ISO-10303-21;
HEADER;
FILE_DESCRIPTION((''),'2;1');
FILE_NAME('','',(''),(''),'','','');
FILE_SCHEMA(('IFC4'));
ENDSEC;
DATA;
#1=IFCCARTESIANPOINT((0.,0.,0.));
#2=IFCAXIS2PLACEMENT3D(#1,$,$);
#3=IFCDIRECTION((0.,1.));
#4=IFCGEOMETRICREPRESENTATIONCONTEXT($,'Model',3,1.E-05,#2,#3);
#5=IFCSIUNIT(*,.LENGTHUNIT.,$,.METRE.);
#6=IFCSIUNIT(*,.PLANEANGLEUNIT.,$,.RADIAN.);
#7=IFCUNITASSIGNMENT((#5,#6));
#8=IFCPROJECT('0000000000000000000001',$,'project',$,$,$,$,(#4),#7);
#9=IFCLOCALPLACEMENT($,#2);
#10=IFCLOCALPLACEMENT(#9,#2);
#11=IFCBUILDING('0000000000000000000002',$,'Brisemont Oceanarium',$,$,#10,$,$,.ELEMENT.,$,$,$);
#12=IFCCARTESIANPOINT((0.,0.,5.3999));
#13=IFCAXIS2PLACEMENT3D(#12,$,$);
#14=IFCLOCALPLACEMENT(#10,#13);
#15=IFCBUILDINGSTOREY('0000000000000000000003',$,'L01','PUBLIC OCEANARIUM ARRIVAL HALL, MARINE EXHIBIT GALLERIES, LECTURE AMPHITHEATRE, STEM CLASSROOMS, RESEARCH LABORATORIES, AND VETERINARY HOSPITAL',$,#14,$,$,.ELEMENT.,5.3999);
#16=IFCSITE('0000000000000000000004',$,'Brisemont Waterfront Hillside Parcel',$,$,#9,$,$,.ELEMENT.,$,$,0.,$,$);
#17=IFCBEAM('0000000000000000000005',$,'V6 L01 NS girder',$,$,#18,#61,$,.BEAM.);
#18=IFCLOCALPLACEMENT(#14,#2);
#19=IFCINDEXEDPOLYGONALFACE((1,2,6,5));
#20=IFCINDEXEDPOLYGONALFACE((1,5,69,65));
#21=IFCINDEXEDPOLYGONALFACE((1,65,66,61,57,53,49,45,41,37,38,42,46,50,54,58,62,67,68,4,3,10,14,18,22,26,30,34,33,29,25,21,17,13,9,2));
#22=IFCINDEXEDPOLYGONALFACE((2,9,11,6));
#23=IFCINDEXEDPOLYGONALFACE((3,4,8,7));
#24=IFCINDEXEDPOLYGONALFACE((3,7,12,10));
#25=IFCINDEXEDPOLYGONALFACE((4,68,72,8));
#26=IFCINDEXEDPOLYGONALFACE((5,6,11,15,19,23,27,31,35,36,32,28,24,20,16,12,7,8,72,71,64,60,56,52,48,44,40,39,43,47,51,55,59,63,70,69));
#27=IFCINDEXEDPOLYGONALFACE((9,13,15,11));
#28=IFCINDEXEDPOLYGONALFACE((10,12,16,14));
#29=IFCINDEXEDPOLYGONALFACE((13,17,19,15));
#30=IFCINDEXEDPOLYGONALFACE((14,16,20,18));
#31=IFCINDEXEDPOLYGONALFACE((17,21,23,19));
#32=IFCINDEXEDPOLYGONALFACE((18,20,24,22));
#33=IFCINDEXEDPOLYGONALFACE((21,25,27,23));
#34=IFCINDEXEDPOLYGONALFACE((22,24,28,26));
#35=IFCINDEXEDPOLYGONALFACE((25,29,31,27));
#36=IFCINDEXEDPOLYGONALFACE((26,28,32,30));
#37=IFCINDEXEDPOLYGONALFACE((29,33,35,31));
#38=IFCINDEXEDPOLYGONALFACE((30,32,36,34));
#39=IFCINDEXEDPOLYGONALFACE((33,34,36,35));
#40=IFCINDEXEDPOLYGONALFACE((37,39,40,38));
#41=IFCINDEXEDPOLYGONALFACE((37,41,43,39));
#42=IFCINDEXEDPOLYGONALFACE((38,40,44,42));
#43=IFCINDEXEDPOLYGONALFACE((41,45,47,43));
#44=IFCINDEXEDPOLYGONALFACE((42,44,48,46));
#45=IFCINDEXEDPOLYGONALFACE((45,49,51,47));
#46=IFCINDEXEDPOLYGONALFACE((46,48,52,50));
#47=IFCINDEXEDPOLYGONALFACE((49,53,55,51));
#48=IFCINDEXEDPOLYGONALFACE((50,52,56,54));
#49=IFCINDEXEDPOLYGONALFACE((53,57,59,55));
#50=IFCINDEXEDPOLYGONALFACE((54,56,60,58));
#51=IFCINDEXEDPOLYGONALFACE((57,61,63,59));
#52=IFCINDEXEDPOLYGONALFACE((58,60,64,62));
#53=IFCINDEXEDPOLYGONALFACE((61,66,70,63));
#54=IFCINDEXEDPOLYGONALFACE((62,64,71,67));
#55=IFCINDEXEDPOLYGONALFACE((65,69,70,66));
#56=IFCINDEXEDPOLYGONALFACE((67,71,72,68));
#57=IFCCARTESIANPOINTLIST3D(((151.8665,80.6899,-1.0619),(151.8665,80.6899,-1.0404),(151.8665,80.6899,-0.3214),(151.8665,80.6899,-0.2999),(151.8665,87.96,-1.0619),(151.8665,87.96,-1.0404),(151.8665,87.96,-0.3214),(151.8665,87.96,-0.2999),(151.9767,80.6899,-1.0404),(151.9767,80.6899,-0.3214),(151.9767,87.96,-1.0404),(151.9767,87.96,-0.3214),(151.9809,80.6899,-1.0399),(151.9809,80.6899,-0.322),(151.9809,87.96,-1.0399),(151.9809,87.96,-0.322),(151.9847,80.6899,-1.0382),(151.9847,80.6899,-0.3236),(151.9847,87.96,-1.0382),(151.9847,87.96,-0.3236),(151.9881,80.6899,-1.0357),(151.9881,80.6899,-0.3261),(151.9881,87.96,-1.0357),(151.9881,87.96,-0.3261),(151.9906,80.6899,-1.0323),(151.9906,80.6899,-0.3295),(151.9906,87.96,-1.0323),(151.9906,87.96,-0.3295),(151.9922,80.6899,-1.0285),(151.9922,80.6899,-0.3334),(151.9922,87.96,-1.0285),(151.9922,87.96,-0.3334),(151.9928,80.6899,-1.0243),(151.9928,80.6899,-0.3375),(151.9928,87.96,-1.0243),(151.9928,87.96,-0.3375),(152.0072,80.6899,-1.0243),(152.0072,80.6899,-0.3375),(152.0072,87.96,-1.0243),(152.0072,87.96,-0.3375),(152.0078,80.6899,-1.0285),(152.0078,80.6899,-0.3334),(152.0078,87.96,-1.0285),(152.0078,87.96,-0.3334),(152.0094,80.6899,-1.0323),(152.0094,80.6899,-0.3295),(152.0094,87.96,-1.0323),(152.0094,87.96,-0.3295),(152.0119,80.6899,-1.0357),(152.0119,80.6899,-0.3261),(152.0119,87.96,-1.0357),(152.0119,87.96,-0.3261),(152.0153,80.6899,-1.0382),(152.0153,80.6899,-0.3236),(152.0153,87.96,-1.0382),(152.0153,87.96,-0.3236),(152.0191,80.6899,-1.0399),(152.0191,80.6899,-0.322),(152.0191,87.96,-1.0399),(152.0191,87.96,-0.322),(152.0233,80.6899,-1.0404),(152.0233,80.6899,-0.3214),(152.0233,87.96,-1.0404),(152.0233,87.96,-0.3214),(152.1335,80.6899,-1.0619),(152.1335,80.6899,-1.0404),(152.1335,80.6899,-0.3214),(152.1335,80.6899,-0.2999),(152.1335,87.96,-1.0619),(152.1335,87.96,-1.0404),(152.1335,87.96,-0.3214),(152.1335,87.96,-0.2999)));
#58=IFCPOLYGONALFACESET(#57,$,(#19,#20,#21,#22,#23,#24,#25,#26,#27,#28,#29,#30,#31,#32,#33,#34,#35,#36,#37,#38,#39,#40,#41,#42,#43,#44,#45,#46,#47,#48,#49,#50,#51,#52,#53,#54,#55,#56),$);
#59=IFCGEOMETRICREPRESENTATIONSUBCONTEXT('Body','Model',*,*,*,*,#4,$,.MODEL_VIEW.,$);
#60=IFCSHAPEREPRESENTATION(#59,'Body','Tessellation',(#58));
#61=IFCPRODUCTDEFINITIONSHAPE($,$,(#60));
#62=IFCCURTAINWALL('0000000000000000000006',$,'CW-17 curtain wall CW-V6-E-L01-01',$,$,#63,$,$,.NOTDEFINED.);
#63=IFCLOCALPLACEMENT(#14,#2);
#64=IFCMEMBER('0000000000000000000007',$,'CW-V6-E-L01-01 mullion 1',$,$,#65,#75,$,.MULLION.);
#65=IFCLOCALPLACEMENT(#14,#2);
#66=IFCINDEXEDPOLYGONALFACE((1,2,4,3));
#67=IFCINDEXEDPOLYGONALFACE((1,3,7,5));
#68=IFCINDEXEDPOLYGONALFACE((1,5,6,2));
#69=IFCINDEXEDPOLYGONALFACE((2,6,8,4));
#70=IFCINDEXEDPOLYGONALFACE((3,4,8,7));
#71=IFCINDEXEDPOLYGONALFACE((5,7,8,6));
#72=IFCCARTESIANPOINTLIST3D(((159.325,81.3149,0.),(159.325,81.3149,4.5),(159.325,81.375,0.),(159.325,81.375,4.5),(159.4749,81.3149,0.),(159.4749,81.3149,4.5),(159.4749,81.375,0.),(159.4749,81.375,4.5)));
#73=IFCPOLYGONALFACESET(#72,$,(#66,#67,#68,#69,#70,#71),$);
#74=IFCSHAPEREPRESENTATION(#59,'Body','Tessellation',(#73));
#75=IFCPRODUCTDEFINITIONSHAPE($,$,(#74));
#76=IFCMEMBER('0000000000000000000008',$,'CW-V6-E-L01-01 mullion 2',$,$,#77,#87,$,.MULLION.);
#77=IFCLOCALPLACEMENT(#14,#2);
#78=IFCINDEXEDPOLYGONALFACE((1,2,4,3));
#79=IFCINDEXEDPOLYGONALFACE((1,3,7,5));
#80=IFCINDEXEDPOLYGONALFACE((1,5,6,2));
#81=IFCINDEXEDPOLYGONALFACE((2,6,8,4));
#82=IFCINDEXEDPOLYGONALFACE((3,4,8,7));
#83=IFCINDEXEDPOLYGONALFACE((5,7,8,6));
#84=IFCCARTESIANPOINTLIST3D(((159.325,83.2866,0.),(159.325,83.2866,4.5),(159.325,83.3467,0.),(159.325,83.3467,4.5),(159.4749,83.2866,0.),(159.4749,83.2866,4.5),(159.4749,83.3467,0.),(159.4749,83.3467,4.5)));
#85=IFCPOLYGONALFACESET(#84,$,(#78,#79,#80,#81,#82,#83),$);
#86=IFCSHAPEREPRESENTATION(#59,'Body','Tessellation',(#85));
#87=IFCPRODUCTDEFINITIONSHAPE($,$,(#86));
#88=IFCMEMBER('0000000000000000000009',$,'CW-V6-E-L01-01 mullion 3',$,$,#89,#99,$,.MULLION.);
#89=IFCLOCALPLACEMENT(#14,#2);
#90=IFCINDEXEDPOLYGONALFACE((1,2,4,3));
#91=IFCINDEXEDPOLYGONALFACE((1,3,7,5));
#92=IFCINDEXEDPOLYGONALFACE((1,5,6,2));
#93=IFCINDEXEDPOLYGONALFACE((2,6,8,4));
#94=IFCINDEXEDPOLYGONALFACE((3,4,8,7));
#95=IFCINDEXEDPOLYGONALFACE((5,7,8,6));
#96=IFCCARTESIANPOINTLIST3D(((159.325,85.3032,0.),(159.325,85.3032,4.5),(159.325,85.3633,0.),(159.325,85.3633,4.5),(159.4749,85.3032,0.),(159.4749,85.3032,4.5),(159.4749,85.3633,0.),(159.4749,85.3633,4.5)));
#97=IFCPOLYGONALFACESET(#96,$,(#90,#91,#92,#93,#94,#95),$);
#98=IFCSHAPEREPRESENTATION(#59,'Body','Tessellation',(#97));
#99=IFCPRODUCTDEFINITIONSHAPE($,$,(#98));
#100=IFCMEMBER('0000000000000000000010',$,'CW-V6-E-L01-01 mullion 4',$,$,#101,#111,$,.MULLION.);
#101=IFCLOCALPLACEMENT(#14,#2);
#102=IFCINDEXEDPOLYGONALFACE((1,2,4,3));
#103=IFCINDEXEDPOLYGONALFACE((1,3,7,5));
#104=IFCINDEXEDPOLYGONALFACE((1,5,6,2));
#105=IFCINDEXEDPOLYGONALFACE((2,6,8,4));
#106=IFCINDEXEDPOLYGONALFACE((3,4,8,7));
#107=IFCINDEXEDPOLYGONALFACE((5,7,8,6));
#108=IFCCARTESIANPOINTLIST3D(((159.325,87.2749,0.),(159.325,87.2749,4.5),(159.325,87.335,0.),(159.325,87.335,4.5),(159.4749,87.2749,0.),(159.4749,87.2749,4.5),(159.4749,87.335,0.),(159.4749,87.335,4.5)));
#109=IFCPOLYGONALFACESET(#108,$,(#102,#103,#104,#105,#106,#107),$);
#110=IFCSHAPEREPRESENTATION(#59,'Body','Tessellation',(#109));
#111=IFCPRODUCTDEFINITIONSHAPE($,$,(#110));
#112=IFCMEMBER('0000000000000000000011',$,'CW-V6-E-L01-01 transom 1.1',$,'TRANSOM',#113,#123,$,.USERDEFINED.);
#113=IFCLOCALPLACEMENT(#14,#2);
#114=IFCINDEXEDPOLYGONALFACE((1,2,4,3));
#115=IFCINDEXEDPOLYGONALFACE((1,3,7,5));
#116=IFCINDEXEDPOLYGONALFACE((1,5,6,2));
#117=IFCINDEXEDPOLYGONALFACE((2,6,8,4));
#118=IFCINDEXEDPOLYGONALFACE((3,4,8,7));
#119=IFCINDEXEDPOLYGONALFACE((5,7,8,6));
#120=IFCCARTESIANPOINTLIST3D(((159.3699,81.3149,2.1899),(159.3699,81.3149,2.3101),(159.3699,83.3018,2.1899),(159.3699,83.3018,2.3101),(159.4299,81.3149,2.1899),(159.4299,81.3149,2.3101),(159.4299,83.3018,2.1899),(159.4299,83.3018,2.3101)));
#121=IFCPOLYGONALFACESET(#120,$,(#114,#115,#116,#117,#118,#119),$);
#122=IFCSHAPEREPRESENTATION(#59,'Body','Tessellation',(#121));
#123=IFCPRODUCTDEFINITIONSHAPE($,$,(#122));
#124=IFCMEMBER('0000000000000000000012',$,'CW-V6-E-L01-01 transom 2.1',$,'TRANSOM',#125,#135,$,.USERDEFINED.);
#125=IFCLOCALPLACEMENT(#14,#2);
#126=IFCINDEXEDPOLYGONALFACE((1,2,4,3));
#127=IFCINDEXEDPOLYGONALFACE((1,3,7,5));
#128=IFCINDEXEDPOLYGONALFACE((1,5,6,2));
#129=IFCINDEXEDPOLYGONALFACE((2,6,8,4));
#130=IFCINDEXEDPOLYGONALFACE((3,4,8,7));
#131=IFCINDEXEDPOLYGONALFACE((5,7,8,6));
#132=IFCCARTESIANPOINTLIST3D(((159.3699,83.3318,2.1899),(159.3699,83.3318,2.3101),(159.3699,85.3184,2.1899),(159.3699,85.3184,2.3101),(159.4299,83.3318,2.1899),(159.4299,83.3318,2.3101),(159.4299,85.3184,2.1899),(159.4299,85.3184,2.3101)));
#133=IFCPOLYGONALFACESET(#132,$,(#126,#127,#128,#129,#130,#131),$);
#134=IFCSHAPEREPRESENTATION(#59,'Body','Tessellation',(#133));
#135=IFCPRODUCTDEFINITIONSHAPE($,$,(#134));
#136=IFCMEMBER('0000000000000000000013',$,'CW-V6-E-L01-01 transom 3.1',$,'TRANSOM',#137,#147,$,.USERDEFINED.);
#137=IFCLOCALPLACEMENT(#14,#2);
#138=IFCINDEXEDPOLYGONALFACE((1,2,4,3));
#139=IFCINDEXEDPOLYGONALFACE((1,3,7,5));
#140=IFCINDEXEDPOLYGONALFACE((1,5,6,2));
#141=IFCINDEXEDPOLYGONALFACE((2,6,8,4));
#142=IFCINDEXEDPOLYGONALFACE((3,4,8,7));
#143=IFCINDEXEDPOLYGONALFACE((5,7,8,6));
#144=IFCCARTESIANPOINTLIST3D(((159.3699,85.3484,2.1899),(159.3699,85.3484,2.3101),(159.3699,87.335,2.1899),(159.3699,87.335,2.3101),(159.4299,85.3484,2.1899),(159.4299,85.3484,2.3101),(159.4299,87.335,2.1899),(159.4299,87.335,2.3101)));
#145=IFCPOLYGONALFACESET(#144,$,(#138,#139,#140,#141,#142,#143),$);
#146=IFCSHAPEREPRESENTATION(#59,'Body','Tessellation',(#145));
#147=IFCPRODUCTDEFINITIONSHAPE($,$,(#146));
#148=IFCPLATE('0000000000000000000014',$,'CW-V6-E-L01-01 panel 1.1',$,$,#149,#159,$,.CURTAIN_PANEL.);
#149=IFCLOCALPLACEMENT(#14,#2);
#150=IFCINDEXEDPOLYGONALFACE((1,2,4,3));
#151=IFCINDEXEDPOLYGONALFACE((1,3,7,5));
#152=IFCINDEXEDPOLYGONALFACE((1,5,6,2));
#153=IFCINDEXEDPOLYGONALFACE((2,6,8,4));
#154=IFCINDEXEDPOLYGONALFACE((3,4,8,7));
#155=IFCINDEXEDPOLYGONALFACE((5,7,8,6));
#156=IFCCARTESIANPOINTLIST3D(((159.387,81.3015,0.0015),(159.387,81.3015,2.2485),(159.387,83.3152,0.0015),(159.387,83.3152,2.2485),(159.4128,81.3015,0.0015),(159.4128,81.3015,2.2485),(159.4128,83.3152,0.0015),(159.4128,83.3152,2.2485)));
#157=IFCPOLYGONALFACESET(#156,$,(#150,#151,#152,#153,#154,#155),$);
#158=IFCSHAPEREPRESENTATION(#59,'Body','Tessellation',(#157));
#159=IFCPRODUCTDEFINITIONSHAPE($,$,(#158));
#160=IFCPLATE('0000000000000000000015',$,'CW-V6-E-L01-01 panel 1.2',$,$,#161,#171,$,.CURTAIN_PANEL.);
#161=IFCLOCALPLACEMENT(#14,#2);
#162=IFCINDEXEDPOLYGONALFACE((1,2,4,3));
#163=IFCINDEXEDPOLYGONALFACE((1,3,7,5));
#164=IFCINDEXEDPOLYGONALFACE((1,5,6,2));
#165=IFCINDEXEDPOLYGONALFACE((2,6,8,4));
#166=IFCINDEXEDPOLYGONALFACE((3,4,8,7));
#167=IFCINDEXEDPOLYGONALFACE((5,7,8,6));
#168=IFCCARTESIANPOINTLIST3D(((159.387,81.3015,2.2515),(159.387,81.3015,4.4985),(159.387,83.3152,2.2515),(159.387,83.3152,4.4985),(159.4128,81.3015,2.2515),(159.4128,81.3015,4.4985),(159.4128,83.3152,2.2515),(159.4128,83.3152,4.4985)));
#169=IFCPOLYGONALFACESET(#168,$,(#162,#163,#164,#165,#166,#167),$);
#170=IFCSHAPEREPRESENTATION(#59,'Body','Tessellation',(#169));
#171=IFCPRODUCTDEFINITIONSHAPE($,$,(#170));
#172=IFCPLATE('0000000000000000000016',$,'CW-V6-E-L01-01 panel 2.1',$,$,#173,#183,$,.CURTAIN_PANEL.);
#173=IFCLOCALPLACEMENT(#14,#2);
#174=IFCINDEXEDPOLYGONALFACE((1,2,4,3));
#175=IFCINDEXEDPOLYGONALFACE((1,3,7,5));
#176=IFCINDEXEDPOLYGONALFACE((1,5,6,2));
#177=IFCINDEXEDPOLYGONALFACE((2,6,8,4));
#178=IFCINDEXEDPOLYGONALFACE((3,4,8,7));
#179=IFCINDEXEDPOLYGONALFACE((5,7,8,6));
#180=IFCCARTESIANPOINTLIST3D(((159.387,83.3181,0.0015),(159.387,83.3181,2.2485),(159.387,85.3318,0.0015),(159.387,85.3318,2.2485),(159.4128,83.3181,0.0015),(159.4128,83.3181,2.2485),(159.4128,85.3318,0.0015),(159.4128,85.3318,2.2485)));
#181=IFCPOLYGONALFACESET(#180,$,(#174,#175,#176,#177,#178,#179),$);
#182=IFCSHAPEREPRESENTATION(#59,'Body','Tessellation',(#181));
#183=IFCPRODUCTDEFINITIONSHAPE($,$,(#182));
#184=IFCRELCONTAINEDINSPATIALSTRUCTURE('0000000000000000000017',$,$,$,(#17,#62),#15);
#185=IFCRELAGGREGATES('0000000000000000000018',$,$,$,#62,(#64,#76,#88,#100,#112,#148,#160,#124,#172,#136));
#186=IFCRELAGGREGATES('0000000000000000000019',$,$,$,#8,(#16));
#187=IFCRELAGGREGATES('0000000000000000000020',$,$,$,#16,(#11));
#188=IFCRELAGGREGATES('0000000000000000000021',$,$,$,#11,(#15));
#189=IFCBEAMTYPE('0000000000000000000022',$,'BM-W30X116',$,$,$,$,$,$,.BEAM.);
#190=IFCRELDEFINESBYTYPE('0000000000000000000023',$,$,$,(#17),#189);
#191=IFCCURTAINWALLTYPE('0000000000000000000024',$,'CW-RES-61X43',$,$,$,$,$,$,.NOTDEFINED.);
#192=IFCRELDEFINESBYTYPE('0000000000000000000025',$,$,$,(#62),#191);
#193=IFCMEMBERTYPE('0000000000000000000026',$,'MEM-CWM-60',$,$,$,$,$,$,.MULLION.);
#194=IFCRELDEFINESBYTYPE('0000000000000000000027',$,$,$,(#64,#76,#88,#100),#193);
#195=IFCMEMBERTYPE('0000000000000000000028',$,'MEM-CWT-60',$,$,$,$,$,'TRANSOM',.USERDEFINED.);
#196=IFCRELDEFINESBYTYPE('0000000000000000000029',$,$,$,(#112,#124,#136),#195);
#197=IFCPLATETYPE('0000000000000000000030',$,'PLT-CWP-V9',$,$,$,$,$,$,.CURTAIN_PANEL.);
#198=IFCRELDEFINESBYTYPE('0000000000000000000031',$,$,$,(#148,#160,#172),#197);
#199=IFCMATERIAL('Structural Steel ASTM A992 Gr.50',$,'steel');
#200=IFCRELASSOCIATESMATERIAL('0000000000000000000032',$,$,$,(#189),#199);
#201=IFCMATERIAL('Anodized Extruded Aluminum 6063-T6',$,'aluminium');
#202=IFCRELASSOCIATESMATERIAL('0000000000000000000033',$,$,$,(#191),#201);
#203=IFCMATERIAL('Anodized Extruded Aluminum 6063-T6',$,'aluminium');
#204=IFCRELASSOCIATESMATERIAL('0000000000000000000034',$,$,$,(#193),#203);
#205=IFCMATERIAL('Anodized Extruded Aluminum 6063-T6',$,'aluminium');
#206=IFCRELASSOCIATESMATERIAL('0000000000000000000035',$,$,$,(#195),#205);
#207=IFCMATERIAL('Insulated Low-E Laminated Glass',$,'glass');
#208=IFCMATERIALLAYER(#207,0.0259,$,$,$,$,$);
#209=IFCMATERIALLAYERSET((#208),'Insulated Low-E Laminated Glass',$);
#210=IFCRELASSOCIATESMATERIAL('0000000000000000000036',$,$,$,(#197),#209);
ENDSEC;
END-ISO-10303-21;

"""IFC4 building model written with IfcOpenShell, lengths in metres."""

from ifc_helpers import new_model, si_unit, direction, frame, origin, origin_2d, place, context, subcontext, project, spatial, rectangle, i_section, extrude, material, layer, layer_set, material_profile, profile_set, type_object, element, aggregate, save


model = new_model("IFC4")

# Units and contexts
model_context = context("Model", 3, precision=1e-05, world=origin(), true_north=direction((0.0, 1.0)))
body_context = subcontext(model_context, "Body", "Model", "MODEL_VIEW")
ifc_project = project(units=[si_unit("LENGTHUNIT", "METRE"), si_unit("PLANEANGLEUNIT", "RADIAN")], contexts=[model_context])

# Site, building, storey
site_placement = place(None, origin())
site = spatial("IfcSite", under=ifc_project, at=site_placement, Name="Brisemont Waterfront Hillside Parcel", CompositionType="ELEMENT", RefElevation=0.0)
building_placement = place(site_placement, origin())
building = spatial("IfcBuilding", under=site, at=building_placement, Name="Brisemont Oceanarium", CompositionType="ELEMENT")
storey_placement = place(building_placement, frame((0.0, 0.0, 5.3999)))
storey = spatial("IfcBuildingStorey", under=building, at=storey_placement, Name="L01", Description="PUBLIC OCEANARIUM ARRIVAL HALL, MARINE EXHIBIT GALLERIES, LECTURE AMPHITHEATRE, STEM CLASSROOMS, RESEARCH LABORATORIES, AND VETERINARY HOSPITAL", CompositionType="ELEMENT", Elevation=5.3999)

# Beam
ifc_material_1 = material(Name="Structural Steel ASTM A992 Gr.50", Category="steel")
ifc_material_profile_1 = material_profile(ifc_material_1, i_section(OverallWidth=0.2671, OverallDepth=0.762, WebThickness=0.0144, FlangeThickness=0.0215, FilletRadius=0.0161, at=origin_2d()), Name="W30X116")
ifc_profile_set_1 = profile_set([ifc_material_profile_1], Name="Structural Steel ASTM A992 Gr.50")
beam_type_1 = type_object("IfcBeamType", Name="BM-W30X116", PredefinedType="BEAM", material=ifc_profile_set_1)
beam_1_placement = place(storey_placement, frame((152.0, 80.6899, -0.6809), z_axis=(0.0, 1.0, 0.0), x_axis=(-1.0, 0.0, 0.0)))
element("IfcBeam", 1, at=beam_1_placement, inside=storey, type_object=beam_type_1, Name="V6 L01 NS girder", PredefinedType="BEAM", context=body_context, shape_type="SweptSolid", body=[
    extrude(i_section(OverallWidth=0.2671, OverallDepth=0.762, WebThickness=0.0144, FlangeThickness=0.0215, FilletRadius=0.0161, at=origin_2d()), origin(), (0.0, 0.0, 1.0), 7.27),
])

# Curtain wall, members, plates
ifc_material_2 = material(Name="Anodized Extruded Aluminum 6063-T6", Category="aluminium")
curtain_wall_type = type_object("IfcCurtainWallType", Name="CW-RES-61X43", PredefinedType="NOTDEFINED", material=ifc_material_2)
curtain_wall_placement = place(storey_placement, origin())
curtain_wall = element("IfcCurtainWall", 2, at=curtain_wall_placement, inside=storey, type_object=curtain_wall_type, Name="CW-17 curtain wall CW-V6-E-L01-01", PredefinedType="NOTDEFINED")
ifc_material_3 = material(Name="Anodized Extruded Aluminum 6063-T6", Category="aluminium")
ifc_material_profile_2 = material_profile(ifc_material_3, rectangle(XDim=0.0601, YDim=0.1499, at=origin_2d()), Name="CWM-60X150")
ifc_profile_set_2 = profile_set([ifc_material_profile_2], Name="Anodized Extruded Aluminum 6063-T6")
member_type_1 = type_object("IfcMemberType", Name="MEM-CWM-60", PredefinedType="MULLION", material=ifc_profile_set_2)
member_1_placement = place(storey_placement, frame((159.3999, 81.345, 0.0), z_axis=(0.0, 0.0, 1.0), x_axis=(0.0, 1.0, 0.0)))
member_1 = element("IfcMember", 3, at=member_1_placement, type_object=member_type_1, Name="CW-V6-E-L01-01 mullion 1", PredefinedType="MULLION", context=body_context, shape_type="SweptSolid", body=[
    extrude(rectangle(XDim=0.0601, YDim=0.1499, at=origin_2d()), origin(), (0.0, 0.0, 1.0), 4.5),
])
member_2_placement = place(storey_placement, frame((159.3999, 83.3167, 0.0), z_axis=(0.0, 0.0, 1.0), x_axis=(0.0, 1.0, 0.0)))
member_2 = element("IfcMember", 4, at=member_2_placement, type_object=member_type_1, Name="CW-V6-E-L01-01 mullion 2", PredefinedType="MULLION", context=body_context, shape_type="SweptSolid", body=[
    extrude(rectangle(XDim=0.0601, YDim=0.1499, at=origin_2d()), origin(), (0.0, 0.0, 1.0), 4.5),
])
member_3_placement = place(storey_placement, frame((159.3999, 85.3333, 0.0), z_axis=(0.0, 0.0, 1.0), x_axis=(0.0, 1.0, 0.0)))
member_3 = element("IfcMember", 5, at=member_3_placement, type_object=member_type_1, Name="CW-V6-E-L01-01 mullion 3", PredefinedType="MULLION", context=body_context, shape_type="SweptSolid", body=[
    extrude(rectangle(XDim=0.0601, YDim=0.1499, at=origin_2d()), origin(), (0.0, 0.0, 1.0), 4.5),
])
member_4_placement = place(storey_placement, frame((159.3999, 87.3049, 0.0), z_axis=(0.0, 0.0, 1.0), x_axis=(0.0, 1.0, 0.0)))
member_4 = element("IfcMember", 6, at=member_4_placement, type_object=member_type_1, Name="CW-V6-E-L01-01 mullion 4", PredefinedType="MULLION", context=body_context, shape_type="SweptSolid", body=[
    extrude(rectangle(XDim=0.0601, YDim=0.1499, at=origin_2d()), origin(), (0.0, 0.0, 1.0), 4.5),
])
ifc_material_4 = material(Name="Anodized Extruded Aluminum 6063-T6", Category="aluminium")
ifc_material_profile_3 = material_profile(ifc_material_4, rectangle(XDim=0.0601, YDim=0.1201, at=origin_2d()), Name="CWT-60X120")
ifc_profile_set_3 = profile_set([ifc_material_profile_3], Name="Anodized Extruded Aluminum 6063-T6")
member_type_2 = type_object("IfcMemberType", Name="MEM-CWT-60", ElementType="TRANSOM", PredefinedType="USERDEFINED", material=ifc_profile_set_3)
member_5_placement = place(storey_placement, frame((159.3999, 81.3149, 2.25), z_axis=(0.0, 1.0, 0.0), x_axis=(-1.0, 0.0, 0.0)))
member_5 = element("IfcMember", 7, at=member_5_placement, type_object=member_type_2, Name="CW-V6-E-L01-01 transom 1.1", ObjectType="TRANSOM", PredefinedType="USERDEFINED", context=body_context, shape_type="SweptSolid", body=[
    extrude(rectangle(XDim=0.0601, YDim=0.1201, at=origin_2d()), origin(), (0.0, 0.0, 1.0), 1.9868),
])
member_6_placement = place(storey_placement, frame((159.3999, 83.3318, 2.25), z_axis=(0.0, 1.0, 0.0), x_axis=(-1.0, 0.0, 0.0)))
member_6 = element("IfcMember", 8, at=member_6_placement, type_object=member_type_2, Name="CW-V6-E-L01-01 transom 2.1", ObjectType="TRANSOM", PredefinedType="USERDEFINED", context=body_context, shape_type="SweptSolid", body=[
    extrude(rectangle(XDim=0.0601, YDim=0.1201, at=origin_2d()), origin(), (0.0, 0.0, 1.0), 1.9866),
])
member_7_placement = place(storey_placement, frame((159.3999, 85.3484, 2.25), z_axis=(0.0, 1.0, 0.0), x_axis=(-1.0, 0.0, 0.0)))
member_7 = element("IfcMember", 9, at=member_7_placement, type_object=member_type_2, Name="CW-V6-E-L01-01 transom 3.1", ObjectType="TRANSOM", PredefinedType="USERDEFINED", context=body_context, shape_type="SweptSolid", body=[
    extrude(rectangle(XDim=0.0601, YDim=0.1201, at=origin_2d()), origin(), (0.0, 0.0, 1.0), 1.9866),
])
ifc_material_5 = material(Name="Insulated Low-E Laminated Glass", Category="glass")
ifc_layer = layer(ifc_material_5, 0.0259)
ifc_layer_set = layer_set([ifc_layer], Name="Insulated Low-E Laminated Glass")
plate_type = type_object("IfcPlateType", Name="PLT-CWP-V9", PredefinedType="CURTAIN_PANEL", material=ifc_layer_set)
plate_1_placement = place(storey_placement, frame((159.3999, 82.3083, 0.0015), z_axis=(0.0, 0.0, 1.0), x_axis=(0.0, 1.0, 0.0)))
plate_1 = element("IfcPlate", 10, at=plate_1_placement, type_object=plate_type, Name="CW-V6-E-L01-01 panel 1.1", PredefinedType="CURTAIN_PANEL", context=body_context, shape_type="SweptSolid", body=[
    extrude(rectangle(XDim=2.0137, YDim=0.0259, at=origin_2d()), origin(), (0.0, 0.0, 1.0), 2.2471),
])
plate_2_placement = place(storey_placement, frame((159.3999, 82.3083, 2.2515), z_axis=(0.0, 0.0, 1.0), x_axis=(0.0, 1.0, 0.0)))
plate_2 = element("IfcPlate", 11, at=plate_2_placement, type_object=plate_type, Name="CW-V6-E-L01-01 panel 1.2", PredefinedType="CURTAIN_PANEL", context=body_context, shape_type="SweptSolid", body=[
    extrude(rectangle(XDim=2.0137, YDim=0.0259, at=origin_2d()), origin(), (0.0, 0.0, 1.0), 2.2471),
])
plate_3_placement = place(storey_placement, frame((159.3999, 84.325, 0.0015), z_axis=(0.0, 0.0, 1.0), x_axis=(0.0, 1.0, 0.0)))
plate_3 = element("IfcPlate", 12, at=plate_3_placement, type_object=plate_type, Name="CW-V6-E-L01-01 panel 2.1", PredefinedType="CURTAIN_PANEL", context=body_context, shape_type="SweptSolid", body=[
    extrude(rectangle(XDim=2.0137, YDim=0.0259, at=origin_2d()), origin(), (0.0, 0.0, 1.0), 2.2471),
])
aggregate(curtain_wall, [member_1, member_2, member_3, member_4, member_5, plate_1, plate_2, member_6, plate_3, member_7])

save(model, "model.ifc")
